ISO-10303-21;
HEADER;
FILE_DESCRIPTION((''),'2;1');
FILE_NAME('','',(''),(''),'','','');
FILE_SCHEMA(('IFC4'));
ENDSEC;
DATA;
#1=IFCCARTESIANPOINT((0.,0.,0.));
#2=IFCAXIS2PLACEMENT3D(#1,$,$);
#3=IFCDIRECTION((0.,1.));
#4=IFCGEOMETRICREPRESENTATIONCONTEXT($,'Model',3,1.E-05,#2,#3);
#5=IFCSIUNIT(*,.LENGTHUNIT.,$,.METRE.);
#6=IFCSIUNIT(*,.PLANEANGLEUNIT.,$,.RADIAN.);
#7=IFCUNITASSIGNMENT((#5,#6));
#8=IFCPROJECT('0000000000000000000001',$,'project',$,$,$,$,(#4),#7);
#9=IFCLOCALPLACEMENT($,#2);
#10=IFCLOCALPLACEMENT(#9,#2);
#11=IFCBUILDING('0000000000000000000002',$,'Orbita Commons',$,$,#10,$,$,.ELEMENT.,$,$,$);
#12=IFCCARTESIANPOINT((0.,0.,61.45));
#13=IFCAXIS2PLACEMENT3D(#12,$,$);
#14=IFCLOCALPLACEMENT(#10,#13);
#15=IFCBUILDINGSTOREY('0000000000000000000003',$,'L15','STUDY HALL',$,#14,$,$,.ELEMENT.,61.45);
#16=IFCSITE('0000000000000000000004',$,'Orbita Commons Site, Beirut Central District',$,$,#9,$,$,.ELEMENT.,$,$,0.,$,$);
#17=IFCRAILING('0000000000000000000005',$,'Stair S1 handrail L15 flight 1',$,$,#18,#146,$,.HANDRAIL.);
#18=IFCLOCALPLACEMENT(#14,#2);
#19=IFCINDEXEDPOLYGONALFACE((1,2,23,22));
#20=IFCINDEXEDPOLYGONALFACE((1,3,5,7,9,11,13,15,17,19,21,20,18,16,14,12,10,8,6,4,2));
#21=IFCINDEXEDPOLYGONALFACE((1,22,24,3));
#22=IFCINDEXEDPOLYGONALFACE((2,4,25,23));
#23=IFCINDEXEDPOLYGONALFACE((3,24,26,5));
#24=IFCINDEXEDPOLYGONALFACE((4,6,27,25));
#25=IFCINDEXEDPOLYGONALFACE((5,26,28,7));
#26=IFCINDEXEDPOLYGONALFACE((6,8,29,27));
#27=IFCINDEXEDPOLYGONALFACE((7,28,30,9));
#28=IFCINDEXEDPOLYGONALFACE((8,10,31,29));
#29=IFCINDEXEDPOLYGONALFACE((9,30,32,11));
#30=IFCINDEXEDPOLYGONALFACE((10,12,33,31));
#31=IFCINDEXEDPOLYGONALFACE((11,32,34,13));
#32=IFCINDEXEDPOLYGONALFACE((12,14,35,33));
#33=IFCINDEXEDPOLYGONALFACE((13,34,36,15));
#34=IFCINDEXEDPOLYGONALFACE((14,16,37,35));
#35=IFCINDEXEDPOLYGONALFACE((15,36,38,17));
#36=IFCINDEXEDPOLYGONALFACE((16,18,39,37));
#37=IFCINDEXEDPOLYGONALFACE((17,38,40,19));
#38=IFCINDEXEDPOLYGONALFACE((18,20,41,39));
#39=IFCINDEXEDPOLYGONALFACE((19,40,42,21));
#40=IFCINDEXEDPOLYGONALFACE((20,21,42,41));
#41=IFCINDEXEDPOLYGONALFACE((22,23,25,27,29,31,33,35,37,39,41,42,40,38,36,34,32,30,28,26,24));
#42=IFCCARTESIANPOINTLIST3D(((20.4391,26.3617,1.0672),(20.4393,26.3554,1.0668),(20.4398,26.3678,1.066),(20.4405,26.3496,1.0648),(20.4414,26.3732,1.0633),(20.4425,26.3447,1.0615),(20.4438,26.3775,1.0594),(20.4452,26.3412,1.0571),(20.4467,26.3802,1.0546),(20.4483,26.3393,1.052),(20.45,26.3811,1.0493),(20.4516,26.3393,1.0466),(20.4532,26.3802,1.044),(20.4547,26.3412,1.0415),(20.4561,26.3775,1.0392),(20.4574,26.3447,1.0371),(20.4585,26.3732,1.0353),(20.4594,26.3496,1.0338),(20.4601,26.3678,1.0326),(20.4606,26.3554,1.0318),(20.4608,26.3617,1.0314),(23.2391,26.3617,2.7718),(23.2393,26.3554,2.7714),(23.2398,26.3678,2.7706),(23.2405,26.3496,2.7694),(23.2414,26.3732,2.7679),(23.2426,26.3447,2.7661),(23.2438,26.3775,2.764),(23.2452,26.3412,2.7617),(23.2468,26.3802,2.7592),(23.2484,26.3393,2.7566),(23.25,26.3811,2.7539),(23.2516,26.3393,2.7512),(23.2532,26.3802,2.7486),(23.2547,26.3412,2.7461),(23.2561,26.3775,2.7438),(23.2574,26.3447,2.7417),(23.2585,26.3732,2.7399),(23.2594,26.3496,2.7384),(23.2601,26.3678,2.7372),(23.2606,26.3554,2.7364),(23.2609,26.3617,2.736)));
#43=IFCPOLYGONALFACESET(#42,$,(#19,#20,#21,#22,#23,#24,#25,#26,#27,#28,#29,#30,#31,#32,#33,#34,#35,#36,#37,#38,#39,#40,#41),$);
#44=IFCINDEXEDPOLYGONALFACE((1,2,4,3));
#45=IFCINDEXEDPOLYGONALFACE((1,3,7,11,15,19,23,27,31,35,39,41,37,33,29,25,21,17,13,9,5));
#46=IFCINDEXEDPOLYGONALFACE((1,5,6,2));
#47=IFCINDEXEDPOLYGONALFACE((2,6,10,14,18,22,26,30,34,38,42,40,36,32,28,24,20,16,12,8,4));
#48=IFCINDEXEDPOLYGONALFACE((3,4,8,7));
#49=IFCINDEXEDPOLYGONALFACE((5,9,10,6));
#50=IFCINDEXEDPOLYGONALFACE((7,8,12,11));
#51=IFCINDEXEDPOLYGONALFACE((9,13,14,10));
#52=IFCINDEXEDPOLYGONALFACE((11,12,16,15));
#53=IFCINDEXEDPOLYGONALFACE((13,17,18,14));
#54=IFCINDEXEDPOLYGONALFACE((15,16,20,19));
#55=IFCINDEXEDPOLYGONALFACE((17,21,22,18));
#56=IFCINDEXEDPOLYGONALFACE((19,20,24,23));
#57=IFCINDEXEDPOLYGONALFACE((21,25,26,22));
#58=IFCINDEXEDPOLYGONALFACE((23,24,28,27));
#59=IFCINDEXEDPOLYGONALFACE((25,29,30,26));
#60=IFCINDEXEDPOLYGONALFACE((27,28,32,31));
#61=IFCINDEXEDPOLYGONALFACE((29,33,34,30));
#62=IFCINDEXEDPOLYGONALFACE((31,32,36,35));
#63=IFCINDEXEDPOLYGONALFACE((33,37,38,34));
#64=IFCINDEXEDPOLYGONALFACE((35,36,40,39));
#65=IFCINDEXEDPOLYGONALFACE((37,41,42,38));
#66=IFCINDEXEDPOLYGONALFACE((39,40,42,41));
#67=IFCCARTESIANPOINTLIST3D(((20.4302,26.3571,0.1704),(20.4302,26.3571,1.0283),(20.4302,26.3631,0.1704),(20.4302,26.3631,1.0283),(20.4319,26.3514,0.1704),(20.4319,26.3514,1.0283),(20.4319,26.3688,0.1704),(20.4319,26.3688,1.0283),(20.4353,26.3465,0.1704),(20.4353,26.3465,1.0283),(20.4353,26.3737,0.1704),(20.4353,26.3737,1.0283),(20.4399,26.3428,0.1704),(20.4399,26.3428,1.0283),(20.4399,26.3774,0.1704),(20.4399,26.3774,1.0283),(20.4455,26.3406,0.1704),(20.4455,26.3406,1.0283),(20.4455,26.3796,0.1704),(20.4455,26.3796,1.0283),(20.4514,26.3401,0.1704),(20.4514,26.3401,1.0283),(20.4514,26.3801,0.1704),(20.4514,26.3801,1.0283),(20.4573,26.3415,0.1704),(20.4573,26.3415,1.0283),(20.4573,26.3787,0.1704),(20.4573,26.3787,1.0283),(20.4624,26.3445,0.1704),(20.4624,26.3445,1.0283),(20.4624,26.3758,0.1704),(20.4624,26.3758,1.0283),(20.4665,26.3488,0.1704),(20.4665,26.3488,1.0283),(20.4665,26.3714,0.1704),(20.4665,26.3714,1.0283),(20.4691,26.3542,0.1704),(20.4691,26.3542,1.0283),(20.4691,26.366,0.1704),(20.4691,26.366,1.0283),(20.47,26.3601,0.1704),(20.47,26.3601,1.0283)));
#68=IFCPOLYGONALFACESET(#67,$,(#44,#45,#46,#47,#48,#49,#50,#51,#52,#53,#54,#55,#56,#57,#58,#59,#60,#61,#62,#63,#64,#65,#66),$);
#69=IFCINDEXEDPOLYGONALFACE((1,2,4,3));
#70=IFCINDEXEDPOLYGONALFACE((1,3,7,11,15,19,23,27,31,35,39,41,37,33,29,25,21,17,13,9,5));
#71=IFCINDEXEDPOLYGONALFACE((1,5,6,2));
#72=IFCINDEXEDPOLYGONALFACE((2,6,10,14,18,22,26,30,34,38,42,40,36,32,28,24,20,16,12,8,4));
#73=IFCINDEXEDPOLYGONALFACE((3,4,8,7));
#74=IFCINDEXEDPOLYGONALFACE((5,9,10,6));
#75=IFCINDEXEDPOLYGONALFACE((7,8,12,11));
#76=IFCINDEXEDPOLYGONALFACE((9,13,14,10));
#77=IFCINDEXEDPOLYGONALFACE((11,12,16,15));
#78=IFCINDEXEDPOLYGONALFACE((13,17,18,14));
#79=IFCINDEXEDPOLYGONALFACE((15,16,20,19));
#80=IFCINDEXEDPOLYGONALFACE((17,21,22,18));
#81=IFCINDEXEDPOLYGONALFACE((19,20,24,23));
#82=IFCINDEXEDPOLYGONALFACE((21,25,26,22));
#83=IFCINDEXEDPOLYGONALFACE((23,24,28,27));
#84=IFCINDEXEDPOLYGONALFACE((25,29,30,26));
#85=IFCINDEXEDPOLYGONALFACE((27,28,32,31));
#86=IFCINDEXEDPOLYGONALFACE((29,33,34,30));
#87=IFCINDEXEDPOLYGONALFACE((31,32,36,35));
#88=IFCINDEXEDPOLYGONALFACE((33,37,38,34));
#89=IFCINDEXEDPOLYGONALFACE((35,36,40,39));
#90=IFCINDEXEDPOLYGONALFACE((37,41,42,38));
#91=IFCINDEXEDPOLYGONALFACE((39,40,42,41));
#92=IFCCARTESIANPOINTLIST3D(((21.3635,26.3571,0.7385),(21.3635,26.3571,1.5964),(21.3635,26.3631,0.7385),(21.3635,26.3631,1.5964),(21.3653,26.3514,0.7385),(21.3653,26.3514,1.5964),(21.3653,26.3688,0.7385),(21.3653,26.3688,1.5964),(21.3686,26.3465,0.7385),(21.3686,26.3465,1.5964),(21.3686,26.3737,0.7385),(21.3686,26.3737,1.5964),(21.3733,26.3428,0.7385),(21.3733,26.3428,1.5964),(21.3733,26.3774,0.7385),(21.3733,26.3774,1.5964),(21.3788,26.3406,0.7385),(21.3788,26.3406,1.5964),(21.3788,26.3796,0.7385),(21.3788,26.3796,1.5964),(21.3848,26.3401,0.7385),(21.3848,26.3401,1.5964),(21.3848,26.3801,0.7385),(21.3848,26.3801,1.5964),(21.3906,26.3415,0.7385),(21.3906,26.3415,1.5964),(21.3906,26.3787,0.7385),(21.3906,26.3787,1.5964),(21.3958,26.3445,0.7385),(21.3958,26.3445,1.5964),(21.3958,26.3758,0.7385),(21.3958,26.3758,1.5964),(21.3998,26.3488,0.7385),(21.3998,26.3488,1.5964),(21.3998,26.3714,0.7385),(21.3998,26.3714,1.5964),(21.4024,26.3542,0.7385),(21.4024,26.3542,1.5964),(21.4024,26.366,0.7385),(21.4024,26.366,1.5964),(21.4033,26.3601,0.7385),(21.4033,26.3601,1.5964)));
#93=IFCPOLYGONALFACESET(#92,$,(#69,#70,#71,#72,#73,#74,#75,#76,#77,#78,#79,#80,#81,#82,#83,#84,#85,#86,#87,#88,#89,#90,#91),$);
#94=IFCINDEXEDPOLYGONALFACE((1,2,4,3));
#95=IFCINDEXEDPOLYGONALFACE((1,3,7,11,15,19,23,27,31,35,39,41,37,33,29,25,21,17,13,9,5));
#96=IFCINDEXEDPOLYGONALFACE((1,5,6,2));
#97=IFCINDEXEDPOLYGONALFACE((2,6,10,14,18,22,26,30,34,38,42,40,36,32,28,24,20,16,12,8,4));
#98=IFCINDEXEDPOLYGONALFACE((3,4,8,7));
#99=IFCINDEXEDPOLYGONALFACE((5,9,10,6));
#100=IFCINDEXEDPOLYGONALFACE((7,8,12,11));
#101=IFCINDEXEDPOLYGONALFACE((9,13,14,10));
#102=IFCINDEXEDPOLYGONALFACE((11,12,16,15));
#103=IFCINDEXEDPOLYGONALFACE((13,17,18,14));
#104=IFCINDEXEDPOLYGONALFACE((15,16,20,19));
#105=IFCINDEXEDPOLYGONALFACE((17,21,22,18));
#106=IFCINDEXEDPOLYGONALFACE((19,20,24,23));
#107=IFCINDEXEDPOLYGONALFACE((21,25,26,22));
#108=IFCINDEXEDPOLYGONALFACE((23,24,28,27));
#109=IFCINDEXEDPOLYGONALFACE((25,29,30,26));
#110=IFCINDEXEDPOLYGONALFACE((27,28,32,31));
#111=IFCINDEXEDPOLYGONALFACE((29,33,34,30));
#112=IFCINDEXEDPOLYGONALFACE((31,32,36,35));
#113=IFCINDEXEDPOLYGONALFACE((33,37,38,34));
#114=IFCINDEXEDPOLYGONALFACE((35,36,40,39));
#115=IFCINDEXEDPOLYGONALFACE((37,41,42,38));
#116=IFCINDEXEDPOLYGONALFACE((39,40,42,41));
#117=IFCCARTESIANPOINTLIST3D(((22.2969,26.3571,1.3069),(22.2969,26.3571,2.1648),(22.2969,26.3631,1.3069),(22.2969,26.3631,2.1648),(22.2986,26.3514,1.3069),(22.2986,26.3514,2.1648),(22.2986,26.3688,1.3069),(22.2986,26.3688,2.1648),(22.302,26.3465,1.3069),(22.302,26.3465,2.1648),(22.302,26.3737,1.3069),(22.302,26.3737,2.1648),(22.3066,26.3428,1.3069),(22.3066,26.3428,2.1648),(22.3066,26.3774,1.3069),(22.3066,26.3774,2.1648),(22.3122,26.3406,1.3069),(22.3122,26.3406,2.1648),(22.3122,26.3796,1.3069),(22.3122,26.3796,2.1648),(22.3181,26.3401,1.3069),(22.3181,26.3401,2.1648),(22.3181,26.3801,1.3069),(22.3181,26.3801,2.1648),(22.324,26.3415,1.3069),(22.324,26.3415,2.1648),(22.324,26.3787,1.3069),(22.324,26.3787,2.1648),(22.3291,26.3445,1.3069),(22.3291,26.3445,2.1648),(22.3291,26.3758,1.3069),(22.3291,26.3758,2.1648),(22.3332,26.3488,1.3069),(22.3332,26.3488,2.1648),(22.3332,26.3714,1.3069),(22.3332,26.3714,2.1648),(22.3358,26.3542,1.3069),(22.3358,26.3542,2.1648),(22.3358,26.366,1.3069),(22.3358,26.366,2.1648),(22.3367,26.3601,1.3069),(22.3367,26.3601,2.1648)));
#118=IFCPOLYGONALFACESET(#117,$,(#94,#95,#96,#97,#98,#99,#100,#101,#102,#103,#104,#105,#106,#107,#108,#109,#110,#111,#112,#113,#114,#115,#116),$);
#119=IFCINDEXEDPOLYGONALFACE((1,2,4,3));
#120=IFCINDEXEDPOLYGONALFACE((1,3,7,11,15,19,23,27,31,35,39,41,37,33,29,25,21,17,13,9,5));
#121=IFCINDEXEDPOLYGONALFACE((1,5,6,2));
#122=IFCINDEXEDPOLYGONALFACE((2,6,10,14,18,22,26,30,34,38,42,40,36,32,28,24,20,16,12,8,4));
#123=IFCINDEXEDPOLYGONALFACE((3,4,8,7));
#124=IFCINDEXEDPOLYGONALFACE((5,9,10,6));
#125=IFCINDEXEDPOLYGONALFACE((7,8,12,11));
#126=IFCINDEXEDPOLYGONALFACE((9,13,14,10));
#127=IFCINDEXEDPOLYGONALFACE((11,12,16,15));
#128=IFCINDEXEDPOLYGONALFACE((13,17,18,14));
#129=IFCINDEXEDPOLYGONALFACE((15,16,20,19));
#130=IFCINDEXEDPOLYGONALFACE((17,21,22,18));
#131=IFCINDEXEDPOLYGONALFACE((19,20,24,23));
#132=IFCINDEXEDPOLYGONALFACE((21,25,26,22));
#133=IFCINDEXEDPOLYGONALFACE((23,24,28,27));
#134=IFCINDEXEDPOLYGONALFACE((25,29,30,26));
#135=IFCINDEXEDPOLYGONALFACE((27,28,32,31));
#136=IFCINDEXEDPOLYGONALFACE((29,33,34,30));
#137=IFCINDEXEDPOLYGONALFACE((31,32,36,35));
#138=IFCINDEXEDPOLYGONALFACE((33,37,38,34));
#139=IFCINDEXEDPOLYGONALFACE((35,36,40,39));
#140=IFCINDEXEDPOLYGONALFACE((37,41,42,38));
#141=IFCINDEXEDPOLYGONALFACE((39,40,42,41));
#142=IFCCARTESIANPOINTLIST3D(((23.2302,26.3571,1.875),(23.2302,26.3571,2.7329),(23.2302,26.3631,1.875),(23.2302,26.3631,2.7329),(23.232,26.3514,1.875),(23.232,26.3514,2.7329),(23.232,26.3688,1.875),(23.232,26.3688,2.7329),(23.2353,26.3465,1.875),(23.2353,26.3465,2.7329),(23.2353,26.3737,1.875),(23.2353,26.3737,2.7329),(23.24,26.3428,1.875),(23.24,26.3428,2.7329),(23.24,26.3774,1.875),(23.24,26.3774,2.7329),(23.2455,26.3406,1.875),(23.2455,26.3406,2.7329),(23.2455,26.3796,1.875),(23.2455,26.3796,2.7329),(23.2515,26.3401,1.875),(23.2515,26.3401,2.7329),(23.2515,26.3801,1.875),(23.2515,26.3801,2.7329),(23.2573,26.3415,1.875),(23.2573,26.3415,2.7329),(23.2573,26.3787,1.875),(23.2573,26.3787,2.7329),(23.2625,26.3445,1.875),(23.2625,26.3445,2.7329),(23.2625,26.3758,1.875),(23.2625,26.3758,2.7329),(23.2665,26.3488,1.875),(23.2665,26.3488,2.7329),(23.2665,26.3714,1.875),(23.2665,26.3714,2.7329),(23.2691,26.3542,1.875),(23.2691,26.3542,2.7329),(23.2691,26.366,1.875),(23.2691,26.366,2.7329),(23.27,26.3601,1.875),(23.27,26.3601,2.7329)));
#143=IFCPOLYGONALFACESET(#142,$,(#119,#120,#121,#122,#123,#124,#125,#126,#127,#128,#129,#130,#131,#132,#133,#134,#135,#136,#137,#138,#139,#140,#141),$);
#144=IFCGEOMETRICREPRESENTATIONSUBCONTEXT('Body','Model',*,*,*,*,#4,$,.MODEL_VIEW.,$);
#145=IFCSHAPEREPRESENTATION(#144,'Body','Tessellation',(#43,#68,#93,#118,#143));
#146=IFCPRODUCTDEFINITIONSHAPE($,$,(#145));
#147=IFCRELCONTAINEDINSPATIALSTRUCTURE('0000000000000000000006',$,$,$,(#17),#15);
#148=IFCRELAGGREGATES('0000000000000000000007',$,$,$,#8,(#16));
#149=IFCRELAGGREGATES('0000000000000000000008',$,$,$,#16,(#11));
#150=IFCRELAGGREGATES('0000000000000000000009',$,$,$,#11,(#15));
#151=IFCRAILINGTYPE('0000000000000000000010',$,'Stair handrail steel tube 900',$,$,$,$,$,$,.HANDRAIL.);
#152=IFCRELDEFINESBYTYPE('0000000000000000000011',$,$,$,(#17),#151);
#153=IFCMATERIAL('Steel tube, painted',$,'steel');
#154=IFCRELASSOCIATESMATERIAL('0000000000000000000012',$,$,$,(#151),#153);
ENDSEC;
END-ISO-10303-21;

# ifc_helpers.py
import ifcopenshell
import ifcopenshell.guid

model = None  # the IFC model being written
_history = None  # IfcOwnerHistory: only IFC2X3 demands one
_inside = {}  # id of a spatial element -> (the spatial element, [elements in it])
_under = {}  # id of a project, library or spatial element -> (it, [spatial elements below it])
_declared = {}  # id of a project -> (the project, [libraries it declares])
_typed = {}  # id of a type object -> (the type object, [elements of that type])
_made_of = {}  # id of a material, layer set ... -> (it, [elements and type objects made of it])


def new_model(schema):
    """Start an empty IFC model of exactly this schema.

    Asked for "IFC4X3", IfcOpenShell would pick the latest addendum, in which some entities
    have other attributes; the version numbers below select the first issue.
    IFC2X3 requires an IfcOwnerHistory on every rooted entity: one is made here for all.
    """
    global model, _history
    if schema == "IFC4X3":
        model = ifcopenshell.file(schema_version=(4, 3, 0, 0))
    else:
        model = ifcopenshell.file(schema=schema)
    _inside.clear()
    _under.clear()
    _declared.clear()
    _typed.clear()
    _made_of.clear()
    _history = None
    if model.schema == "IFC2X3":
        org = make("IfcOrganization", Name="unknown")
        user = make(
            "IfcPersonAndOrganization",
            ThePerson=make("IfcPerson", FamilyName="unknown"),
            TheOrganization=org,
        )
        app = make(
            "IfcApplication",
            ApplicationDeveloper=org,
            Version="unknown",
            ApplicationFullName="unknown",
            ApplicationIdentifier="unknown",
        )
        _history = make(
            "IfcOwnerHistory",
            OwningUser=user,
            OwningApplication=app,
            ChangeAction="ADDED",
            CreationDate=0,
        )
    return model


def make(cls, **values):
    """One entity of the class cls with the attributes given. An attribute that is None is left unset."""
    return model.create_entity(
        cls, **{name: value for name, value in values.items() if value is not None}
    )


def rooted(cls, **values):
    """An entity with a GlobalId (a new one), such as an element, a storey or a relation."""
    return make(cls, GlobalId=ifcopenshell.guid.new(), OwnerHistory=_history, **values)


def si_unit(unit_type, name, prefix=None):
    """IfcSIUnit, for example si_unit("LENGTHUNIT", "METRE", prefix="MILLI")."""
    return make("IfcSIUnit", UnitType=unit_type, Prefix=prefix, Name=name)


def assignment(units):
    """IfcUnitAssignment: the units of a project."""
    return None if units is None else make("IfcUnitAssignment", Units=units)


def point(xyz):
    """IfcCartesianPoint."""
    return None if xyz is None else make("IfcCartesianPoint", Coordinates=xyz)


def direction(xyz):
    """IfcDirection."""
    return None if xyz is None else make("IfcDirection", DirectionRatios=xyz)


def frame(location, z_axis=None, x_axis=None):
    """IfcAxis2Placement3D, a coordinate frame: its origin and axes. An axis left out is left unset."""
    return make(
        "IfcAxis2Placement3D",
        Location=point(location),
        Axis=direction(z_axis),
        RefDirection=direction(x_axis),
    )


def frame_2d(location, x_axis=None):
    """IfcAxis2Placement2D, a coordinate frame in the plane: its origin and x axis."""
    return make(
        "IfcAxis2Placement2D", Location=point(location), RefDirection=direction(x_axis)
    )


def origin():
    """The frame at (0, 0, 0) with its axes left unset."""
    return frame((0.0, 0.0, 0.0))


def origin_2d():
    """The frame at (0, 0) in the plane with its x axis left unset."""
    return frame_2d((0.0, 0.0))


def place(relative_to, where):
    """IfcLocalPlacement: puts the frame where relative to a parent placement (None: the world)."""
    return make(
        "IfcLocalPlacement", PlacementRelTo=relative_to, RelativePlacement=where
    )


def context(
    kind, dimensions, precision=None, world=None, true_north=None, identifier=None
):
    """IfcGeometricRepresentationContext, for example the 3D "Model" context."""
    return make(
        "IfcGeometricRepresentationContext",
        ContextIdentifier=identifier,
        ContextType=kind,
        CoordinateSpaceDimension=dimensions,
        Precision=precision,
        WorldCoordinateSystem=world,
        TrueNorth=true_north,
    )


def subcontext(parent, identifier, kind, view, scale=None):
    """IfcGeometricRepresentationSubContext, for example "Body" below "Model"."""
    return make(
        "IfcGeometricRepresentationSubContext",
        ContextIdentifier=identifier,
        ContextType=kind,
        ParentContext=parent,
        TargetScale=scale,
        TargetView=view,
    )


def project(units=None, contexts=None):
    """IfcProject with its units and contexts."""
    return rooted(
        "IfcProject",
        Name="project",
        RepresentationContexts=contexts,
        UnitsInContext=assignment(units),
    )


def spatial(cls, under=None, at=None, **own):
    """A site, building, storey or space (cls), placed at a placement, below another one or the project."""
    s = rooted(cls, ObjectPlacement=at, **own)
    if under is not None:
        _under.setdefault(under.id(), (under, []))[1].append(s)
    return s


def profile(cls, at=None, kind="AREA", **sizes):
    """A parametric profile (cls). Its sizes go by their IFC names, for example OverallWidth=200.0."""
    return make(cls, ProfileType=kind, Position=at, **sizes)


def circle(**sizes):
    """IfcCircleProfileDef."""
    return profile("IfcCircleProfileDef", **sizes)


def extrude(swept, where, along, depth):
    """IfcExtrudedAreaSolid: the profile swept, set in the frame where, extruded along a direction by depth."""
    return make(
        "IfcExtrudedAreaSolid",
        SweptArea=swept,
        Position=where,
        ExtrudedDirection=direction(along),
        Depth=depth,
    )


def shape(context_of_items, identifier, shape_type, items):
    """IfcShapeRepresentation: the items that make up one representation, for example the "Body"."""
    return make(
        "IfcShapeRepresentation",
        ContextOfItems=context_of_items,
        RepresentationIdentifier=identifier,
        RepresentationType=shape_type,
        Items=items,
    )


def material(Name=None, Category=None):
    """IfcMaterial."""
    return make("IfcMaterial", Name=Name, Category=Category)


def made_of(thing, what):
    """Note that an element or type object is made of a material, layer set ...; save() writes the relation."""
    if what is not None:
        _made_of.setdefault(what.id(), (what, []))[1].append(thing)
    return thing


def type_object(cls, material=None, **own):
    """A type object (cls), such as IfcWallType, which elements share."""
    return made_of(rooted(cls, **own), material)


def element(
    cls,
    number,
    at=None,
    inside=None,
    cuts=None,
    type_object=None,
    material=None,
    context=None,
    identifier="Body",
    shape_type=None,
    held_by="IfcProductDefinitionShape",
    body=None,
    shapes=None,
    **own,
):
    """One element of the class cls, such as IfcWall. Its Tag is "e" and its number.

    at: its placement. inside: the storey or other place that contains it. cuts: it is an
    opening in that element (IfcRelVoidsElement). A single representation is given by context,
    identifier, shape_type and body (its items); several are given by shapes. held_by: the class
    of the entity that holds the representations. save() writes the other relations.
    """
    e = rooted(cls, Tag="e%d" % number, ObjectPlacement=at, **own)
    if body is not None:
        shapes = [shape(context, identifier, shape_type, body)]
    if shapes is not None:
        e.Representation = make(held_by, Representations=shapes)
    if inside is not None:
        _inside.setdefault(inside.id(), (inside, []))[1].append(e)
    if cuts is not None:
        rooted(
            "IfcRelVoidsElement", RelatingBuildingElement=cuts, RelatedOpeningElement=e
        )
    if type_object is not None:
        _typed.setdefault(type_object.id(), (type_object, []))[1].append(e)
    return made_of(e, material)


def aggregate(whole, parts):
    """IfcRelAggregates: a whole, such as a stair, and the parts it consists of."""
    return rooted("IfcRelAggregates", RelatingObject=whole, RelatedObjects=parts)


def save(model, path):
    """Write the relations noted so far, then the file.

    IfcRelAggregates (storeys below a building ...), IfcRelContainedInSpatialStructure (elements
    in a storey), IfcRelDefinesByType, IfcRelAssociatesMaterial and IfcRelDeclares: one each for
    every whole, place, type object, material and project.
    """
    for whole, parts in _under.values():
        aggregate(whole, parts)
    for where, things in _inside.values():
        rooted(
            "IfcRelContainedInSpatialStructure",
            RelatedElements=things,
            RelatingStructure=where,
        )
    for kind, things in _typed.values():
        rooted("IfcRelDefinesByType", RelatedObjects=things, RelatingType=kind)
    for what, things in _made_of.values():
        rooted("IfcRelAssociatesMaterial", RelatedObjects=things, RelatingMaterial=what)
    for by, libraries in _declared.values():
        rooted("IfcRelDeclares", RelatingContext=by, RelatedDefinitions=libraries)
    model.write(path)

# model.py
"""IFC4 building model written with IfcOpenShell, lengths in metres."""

from ifc_helpers import new_model, si_unit, direction, frame, origin, origin_2d, place, context, subcontext, project, spatial, circle, extrude, material, type_object, element, save


model = new_model("IFC4")

# Units and contexts
model_context = context("Model", 3, precision=1e-05, world=origin(), true_north=direction((0.0, 1.0)))
body_context = subcontext(model_context, "Body", "Model", "MODEL_VIEW")
ifc_project = project(units=[si_unit("LENGTHUNIT", "METRE"), si_unit("PLANEANGLEUNIT", "RADIAN")], contexts=[model_context])

# Site, building, storey
site_placement = place(None, origin())
site = spatial("IfcSite", under=ifc_project, at=site_placement, Name="Orbita Commons Site, Beirut Central District", CompositionType="ELEMENT", RefElevation=0.0)
building_placement = place(site_placement, origin())
building = spatial("IfcBuilding", under=site, at=building_placement, Name="Orbita Commons", CompositionType="ELEMENT")
storey_placement = place(building_placement, frame((0.0, 0.0, 61.45)))
storey = spatial("IfcBuildingStorey", under=building, at=storey_placement, Name="L15", Description="STUDY HALL", CompositionType="ELEMENT", Elevation=61.45)

# Railing
ifc_material_1 = material(Name="Steel tube, painted", Category="steel")
railing_type = type_object("IfcRailingType", Name="Stair handrail steel tube 900", PredefinedType="HANDRAIL", material=ifc_material_1)
for number, where, name in (
    (1, (20.45, 26.3601, 0.1704), "Stair S1 handrail L15 flight 1"),
):
    element("IfcRailing", number, at=place(storey_placement, frame(where)), inside=storey, type_object=railing_type, Name=name, PredefinedType="HANDRAIL", context=body_context, shape_type="SweptSolid", body=[
        extrude(circle(Radius=0.021, at=origin_2d()), frame((0.0, 0.0, 0.8789), z_axis=(0.85417, 0.0, 0.519994), x_axis=(0.0, 1.0, 0.0)), (0.0, 0.0, 1.0), 3.2781),
        extrude(circle(Radius=0.02, at=origin_2d()), origin(), (0.0, 0.0, 1.0), 0.8579),
        extrude(circle(Radius=0.02, at=origin_2d()), frame((0.9333, 0.0, 0.5681)), (0.0, 0.0, 1.0), 0.8579),
        extrude(circle(Radius=0.02, at=origin_2d()), frame((1.8667, 0.0, 1.1365)), (0.0, 0.0, 1.0), 0.8579),
        extrude(circle(Radius=0.02, at=origin_2d()), frame((2.8, 0.0, 1.7046)), (0.0, 0.0, 1.0), 0.8579),
    ])

save(model, "model.ifc")
